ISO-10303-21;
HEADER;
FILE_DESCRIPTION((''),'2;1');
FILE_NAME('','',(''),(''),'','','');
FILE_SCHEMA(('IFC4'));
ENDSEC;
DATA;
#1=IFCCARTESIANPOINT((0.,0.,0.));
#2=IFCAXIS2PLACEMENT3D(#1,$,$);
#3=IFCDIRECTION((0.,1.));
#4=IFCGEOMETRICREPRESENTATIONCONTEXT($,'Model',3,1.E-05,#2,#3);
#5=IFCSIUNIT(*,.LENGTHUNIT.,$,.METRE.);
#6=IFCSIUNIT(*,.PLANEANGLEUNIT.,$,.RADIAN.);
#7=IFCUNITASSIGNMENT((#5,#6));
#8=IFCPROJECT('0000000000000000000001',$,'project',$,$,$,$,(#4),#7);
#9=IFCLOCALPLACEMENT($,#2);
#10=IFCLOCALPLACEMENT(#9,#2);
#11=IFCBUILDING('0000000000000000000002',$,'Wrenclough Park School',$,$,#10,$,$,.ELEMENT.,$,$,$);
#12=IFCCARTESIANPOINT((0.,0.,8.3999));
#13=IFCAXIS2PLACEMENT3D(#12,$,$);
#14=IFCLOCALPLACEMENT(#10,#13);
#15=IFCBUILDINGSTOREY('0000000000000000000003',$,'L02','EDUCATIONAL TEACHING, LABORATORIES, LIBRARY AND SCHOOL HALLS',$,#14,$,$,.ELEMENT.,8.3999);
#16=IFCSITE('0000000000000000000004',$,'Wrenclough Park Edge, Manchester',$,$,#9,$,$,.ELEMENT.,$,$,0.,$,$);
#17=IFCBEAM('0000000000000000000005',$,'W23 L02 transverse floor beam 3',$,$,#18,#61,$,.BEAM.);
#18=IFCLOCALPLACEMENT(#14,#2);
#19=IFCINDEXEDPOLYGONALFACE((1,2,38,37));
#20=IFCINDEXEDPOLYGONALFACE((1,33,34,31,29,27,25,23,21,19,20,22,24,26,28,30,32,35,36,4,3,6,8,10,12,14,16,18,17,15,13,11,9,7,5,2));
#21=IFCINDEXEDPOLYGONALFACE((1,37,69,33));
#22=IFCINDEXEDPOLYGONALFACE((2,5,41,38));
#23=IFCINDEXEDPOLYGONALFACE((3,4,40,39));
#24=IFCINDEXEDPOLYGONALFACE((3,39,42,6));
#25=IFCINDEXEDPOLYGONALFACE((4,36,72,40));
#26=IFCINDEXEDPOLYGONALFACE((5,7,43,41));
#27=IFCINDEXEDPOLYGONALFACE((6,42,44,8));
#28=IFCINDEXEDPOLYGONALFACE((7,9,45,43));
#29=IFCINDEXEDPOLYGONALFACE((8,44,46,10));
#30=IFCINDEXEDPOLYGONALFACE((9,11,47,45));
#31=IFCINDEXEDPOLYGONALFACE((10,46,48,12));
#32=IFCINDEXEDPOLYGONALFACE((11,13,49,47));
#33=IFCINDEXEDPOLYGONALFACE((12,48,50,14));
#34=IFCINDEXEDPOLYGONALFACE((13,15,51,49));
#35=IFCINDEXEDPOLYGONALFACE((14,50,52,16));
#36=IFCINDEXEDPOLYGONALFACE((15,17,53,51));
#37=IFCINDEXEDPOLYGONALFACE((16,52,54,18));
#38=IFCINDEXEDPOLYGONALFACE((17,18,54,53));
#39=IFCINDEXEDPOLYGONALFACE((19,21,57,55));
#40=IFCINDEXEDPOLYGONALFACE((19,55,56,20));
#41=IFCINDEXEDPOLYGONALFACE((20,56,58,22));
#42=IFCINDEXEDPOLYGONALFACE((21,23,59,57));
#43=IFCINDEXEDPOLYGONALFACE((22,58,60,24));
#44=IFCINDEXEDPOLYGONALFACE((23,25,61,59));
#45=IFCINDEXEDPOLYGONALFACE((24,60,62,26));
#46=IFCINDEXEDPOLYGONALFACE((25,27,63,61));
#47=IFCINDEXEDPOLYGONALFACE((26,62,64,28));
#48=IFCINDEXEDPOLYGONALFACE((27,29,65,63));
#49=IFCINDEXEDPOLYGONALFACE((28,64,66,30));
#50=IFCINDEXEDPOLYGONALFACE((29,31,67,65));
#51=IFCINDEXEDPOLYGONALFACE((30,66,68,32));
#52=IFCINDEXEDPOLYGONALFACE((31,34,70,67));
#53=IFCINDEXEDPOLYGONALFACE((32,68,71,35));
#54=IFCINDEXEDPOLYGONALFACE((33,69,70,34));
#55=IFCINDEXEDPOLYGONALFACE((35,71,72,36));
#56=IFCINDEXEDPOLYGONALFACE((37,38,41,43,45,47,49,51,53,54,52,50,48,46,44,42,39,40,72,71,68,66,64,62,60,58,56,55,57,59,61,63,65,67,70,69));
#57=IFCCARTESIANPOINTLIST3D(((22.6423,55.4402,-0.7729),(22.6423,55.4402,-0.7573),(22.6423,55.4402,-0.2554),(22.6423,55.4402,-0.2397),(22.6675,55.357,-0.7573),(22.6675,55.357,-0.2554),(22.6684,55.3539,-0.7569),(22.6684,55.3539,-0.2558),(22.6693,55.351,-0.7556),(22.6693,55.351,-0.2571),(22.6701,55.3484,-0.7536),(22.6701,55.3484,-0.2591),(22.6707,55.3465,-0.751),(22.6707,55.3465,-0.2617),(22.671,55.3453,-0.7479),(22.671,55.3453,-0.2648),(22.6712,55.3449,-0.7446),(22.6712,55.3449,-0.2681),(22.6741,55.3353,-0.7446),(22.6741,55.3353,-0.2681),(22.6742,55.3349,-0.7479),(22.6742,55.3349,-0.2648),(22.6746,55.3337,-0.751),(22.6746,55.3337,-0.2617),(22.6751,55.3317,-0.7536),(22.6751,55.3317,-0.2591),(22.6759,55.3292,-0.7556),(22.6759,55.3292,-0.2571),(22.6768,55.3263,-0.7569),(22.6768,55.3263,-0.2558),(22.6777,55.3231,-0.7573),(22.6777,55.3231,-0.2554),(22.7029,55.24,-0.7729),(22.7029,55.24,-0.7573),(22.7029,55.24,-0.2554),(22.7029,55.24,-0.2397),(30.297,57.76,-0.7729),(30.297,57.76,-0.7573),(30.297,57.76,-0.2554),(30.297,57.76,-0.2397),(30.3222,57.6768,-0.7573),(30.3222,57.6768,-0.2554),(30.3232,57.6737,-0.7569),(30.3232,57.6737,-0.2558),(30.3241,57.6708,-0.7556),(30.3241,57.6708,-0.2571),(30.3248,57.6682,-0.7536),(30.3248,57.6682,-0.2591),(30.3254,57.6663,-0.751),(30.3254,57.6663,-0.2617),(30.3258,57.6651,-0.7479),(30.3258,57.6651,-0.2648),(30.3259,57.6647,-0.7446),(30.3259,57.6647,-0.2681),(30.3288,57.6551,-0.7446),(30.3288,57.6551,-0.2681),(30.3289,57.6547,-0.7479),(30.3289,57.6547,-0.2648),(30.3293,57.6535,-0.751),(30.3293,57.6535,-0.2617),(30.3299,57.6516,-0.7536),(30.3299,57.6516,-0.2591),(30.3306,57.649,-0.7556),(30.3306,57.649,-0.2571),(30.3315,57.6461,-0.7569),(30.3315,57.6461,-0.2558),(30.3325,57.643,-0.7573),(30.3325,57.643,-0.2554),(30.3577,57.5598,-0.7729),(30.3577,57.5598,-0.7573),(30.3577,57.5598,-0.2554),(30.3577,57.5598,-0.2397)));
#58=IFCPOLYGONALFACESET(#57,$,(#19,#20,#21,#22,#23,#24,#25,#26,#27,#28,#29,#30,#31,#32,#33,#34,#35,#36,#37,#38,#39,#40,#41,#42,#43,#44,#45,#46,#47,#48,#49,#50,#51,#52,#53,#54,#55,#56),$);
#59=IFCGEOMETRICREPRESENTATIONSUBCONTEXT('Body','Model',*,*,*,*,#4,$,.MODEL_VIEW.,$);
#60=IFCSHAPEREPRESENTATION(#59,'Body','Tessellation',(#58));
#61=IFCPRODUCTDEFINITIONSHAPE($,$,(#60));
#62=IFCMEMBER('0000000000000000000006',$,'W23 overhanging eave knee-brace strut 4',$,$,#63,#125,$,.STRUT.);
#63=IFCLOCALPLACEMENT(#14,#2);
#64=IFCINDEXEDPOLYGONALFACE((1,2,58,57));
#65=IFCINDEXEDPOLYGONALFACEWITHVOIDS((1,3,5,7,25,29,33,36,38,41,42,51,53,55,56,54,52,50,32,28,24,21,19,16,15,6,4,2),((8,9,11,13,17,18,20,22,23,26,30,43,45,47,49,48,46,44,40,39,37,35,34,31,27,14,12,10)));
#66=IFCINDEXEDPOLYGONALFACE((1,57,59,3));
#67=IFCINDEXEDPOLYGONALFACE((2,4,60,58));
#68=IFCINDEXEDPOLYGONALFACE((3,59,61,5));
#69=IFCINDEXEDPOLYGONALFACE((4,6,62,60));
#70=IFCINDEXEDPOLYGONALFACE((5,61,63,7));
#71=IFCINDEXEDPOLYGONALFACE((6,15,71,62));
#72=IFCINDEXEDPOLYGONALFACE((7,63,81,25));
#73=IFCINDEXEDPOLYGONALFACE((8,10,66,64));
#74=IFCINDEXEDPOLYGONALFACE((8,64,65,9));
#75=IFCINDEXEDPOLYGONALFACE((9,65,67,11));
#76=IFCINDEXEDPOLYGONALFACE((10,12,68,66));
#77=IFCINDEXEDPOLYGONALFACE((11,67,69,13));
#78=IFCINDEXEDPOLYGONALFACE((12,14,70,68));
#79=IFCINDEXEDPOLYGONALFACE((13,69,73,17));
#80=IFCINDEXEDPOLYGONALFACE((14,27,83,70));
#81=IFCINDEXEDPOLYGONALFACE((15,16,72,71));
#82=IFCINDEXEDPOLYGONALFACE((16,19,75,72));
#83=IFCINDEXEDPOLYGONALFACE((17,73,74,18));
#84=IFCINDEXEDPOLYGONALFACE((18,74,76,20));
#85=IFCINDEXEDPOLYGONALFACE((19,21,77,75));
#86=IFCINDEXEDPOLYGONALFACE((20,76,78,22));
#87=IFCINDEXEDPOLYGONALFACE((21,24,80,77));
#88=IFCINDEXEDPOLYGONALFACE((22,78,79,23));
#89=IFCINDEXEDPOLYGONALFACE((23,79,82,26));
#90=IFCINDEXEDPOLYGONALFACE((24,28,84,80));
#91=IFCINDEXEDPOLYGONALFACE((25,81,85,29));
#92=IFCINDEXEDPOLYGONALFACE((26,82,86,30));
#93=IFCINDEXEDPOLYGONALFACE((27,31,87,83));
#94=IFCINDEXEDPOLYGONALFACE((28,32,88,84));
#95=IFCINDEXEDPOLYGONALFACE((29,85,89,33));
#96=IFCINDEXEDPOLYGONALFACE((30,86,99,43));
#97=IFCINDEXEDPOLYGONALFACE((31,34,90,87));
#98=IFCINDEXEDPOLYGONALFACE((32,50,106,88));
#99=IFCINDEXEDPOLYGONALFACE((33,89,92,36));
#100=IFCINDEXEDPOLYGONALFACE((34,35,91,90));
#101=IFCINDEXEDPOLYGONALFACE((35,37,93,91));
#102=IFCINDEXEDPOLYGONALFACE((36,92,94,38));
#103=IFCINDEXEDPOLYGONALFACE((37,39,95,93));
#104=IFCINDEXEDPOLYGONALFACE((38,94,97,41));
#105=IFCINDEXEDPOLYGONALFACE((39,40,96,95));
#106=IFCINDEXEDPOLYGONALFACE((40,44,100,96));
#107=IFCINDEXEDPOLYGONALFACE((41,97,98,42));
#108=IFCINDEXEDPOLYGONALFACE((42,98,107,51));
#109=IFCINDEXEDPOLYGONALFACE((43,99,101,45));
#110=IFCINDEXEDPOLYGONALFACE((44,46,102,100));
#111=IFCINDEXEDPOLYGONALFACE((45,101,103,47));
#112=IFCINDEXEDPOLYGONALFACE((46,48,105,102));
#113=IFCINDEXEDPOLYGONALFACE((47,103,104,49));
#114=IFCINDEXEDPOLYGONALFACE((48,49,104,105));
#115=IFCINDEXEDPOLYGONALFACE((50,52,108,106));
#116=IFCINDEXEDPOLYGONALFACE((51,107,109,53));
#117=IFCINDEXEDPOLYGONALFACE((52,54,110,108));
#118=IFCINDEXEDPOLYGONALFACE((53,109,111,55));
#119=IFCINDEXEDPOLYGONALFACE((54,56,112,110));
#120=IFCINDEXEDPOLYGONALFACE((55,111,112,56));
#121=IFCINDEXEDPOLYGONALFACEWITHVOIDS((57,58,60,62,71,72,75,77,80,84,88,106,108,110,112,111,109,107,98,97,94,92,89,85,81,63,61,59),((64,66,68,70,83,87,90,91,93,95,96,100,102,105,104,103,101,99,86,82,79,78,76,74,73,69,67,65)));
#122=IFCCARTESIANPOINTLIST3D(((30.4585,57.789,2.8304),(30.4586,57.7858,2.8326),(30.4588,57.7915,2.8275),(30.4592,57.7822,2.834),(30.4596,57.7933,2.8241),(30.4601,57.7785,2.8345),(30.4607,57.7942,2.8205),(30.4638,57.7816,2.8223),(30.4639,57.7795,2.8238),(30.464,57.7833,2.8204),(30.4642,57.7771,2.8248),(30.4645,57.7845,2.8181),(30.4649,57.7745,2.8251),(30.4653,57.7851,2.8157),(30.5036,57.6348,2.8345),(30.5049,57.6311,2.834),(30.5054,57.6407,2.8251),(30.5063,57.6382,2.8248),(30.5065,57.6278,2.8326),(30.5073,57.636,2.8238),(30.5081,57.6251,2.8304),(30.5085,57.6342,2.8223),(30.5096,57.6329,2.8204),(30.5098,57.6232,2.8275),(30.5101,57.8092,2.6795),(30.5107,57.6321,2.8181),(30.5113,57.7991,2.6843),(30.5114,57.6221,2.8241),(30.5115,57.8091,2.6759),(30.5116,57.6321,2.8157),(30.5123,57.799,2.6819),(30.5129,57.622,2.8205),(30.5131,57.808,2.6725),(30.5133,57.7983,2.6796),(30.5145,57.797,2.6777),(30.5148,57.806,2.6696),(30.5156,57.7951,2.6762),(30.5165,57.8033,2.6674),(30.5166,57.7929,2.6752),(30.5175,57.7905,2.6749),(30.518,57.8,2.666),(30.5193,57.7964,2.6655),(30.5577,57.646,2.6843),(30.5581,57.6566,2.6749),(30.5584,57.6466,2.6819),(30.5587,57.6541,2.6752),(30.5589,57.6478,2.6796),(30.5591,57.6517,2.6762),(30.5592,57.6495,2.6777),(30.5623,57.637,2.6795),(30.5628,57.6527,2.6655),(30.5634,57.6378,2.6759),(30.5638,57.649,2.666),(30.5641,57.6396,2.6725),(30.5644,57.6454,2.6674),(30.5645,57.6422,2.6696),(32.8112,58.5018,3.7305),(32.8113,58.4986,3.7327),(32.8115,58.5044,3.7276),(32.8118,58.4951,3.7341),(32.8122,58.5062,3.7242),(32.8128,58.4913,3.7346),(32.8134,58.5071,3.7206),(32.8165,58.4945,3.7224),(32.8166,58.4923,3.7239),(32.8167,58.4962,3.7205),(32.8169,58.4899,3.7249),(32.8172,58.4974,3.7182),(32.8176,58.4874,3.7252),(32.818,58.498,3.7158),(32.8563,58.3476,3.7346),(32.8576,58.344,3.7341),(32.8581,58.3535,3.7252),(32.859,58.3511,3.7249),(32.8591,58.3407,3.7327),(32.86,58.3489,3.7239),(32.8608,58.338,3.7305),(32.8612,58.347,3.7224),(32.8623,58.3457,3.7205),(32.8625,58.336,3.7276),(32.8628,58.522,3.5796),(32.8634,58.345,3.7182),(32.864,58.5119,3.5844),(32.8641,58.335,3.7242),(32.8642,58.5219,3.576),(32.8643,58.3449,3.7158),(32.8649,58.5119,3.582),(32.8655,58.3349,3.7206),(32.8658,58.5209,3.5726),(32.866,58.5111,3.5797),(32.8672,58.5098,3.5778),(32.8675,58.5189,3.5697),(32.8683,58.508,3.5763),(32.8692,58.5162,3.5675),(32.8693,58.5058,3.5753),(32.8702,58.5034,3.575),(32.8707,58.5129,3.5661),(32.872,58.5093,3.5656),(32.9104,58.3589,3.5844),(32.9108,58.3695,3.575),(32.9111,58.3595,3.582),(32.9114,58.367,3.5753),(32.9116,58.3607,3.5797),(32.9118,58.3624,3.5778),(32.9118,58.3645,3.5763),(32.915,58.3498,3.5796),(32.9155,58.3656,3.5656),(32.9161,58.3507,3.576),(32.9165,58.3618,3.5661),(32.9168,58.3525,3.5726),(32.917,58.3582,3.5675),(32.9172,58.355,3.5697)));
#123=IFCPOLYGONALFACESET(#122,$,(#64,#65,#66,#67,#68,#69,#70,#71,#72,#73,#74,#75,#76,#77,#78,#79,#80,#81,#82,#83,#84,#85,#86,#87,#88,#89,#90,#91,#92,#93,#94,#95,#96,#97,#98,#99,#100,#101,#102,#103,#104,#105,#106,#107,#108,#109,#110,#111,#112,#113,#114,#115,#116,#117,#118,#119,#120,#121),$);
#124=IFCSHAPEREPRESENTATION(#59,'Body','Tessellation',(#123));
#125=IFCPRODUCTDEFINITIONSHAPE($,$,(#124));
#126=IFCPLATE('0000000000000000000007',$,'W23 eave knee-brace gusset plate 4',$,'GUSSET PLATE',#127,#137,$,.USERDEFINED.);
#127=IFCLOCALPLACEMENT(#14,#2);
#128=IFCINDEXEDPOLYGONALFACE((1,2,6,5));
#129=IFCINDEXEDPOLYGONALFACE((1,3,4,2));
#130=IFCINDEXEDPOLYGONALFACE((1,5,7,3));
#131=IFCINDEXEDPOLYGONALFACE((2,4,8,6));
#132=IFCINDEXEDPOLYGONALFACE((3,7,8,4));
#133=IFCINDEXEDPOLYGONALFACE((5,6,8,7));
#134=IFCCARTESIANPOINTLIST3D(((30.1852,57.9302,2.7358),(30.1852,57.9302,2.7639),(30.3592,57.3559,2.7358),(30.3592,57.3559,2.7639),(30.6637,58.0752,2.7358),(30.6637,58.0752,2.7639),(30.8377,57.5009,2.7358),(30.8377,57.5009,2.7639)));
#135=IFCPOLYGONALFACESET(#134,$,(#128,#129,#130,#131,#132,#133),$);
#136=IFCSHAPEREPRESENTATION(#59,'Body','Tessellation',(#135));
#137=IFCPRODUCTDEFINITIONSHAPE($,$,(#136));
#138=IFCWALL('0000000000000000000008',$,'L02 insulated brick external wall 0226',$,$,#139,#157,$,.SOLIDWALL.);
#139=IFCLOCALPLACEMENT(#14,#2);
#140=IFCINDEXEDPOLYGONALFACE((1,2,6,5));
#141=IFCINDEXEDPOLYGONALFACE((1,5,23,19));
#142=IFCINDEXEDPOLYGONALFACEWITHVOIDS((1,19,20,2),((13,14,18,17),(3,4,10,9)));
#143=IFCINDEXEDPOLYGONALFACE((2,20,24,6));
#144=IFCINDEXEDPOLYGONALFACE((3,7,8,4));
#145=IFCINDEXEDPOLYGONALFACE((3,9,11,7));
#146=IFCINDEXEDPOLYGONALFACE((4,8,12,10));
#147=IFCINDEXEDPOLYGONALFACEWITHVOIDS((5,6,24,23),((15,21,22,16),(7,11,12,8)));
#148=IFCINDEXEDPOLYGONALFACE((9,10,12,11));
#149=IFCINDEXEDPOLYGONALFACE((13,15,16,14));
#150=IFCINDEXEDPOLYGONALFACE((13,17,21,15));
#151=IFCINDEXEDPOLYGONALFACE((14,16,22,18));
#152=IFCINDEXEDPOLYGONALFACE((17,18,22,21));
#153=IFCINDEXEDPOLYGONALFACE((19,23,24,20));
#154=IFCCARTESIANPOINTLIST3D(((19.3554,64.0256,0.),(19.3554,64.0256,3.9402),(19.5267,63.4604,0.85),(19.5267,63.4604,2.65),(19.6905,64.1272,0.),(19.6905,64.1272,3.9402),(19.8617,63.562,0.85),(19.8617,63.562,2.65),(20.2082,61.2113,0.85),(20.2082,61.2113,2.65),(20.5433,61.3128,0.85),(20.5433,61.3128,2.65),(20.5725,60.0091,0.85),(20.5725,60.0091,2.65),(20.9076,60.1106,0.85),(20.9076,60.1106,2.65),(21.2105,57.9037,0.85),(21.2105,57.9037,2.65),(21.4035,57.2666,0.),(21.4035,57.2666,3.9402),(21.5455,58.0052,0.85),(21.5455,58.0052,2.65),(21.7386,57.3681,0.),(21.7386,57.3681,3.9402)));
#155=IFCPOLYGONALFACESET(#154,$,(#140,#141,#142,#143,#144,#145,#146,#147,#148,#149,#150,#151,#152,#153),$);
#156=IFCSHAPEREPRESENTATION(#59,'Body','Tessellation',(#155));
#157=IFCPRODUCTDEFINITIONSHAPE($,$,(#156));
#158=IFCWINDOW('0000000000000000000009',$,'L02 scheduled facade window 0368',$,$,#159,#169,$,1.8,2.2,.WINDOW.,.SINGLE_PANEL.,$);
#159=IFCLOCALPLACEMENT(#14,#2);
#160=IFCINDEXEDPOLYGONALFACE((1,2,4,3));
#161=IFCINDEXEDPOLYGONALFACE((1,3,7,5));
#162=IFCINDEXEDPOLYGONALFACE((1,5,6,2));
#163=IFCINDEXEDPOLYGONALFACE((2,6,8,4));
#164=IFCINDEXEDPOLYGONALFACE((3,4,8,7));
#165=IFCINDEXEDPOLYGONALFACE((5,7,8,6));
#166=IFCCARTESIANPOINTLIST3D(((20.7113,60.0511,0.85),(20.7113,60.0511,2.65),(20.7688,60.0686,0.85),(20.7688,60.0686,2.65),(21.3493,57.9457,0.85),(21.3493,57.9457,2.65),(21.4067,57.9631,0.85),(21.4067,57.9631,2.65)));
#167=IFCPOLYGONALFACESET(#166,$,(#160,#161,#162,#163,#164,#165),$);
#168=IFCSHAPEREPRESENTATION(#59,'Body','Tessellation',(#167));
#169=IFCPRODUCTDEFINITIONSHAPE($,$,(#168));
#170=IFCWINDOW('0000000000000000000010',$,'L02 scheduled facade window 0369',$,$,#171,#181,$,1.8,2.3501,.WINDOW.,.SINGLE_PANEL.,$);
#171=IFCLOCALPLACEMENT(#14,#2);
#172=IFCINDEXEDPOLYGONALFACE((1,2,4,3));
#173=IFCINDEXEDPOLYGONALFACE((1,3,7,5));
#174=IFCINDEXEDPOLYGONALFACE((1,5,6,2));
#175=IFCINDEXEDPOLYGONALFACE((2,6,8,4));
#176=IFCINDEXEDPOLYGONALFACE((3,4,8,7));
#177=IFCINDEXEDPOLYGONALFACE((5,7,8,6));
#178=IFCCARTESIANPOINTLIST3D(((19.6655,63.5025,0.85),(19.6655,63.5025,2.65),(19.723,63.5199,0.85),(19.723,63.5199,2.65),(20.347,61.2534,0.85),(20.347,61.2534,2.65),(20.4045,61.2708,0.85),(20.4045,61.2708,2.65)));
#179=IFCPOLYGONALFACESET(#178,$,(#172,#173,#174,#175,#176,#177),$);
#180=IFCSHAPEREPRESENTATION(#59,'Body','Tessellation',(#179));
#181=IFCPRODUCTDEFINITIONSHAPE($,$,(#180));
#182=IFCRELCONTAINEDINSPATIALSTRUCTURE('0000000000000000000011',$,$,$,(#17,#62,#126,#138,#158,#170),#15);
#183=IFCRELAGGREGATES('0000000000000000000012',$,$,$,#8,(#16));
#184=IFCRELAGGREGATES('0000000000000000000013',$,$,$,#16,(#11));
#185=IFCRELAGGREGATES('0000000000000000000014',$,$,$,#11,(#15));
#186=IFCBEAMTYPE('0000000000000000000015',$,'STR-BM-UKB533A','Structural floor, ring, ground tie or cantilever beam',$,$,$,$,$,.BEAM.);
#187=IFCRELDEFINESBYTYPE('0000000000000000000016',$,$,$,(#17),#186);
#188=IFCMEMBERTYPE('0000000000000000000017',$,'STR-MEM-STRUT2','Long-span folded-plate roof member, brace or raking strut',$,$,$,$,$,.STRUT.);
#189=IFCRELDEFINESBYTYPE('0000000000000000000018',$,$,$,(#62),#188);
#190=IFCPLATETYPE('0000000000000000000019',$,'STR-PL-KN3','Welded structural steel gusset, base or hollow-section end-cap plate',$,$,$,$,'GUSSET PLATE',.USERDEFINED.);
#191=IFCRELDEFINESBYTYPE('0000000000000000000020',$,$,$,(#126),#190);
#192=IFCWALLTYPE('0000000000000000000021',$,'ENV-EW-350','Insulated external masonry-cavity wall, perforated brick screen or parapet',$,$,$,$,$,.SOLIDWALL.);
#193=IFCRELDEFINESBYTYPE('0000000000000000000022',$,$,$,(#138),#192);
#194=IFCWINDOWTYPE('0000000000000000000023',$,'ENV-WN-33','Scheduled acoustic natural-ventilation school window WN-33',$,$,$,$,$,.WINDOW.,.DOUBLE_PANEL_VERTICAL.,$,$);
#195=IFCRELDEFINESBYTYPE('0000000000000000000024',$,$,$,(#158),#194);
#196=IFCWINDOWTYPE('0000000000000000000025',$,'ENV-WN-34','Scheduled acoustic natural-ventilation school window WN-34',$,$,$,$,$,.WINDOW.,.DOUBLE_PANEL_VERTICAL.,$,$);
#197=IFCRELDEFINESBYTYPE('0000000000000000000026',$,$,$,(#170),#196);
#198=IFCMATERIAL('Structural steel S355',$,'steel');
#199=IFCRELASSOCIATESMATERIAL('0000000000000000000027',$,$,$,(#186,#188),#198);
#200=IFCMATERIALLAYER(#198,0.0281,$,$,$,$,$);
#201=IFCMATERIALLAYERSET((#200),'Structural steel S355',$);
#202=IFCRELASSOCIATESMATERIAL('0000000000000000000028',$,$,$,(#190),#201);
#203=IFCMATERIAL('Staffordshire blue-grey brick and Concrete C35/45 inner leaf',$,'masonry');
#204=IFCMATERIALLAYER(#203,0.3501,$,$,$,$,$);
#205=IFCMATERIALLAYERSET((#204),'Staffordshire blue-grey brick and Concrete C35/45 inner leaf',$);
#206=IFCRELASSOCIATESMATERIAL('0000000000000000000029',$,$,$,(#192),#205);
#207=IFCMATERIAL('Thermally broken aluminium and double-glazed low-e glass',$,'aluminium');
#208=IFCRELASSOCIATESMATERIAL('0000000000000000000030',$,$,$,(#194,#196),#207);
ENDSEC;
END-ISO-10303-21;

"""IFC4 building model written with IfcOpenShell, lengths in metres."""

from ifc_helpers import new_model, si_unit, direction, frame, frame_2d, origin, origin_2d, place, context, subcontext, project, spatial, rectangle, hollow_rectangle, i_section, extrude, material, layer, layer_set, material_profile, profile_set, type_object, element, fill, save


model = new_model("IFC4")

# Units and contexts
model_context = context("Model", 3, precision=1e-05, world=origin(), true_north=direction((0.0, 1.0)))
body_context = subcontext(model_context, "Body", "Model", "MODEL_VIEW")
ifc_project = project(units=[si_unit("LENGTHUNIT", "METRE"), si_unit("PLANEANGLEUNIT", "RADIAN")], contexts=[model_context])

# Site, building, storey
site_placement = place(None, origin())
site = spatial("IfcSite", under=ifc_project, at=site_placement, Name="Wrenclough Park Edge, Manchester", CompositionType="ELEMENT", RefElevation=0.0)
building_placement = place(site_placement, origin())
building = spatial("IfcBuilding", under=site, at=building_placement, Name="Wrenclough Park School", CompositionType="ELEMENT")
storey_placement = place(building_placement, frame((0.0, 0.0, 8.3999)))
storey = spatial("IfcBuildingStorey", under=building, at=storey_placement, Name="L02", Description="EDUCATIONAL TEACHING, LABORATORIES, LIBRARY AND SCHOOL HALLS", CompositionType="ELEMENT", Elevation=8.3999)

# Shared definitions
ifc_material_1 = material(Name="Structural steel S355", Category="steel")

# Beam
ifc_material_profile_1 = material_profile(ifc_material_1, i_section(OverallWidth=0.2092, OverallDepth=0.5332, WebThickness=0.01, FlangeThickness=0.0156, FilletRadius=0.0127, at=origin_2d()), Name="UKB 533x210x92")
ifc_profile_set_1 = profile_set([ifc_material_profile_1], Name="Structural steel S355")
beam_type_1 = type_object("IfcBeamType", Name="STR-BM-UKB533A", Description="Structural floor, ring, ground tie or cantilever beam", PredefinedType="BEAM", material=ifc_profile_set_1)
beam_1_placement = place(storey_placement, frame((22.6726, 55.3401, -0.5063), z_axis=(0.957018, 0.290029, 0.0), x_axis=(-0.290029, 0.957018, 0.0)))
element("IfcBeam", 1, at=beam_1_placement, inside=storey, type_object=beam_type_1, Name="W23 L02 transverse floor beam 3", PredefinedType="BEAM", context=body_context, shape_type="SweptSolid", body=[
    extrude(i_section(OverallWidth=0.2092, OverallDepth=0.5332, WebThickness=0.01, FlangeThickness=0.0156, FilletRadius=0.0127, at=origin_2d()), origin(), (0.0, 0.0, 1.0), 7.9985),
])

# Member
ifc_material_profile_2 = material_profile(ifc_material_1, hollow_rectangle(XDim=0.1799, YDim=0.1799, WallThickness=0.01, InnerFilletRadius=0.01, OuterFilletRadius=0.0149, at=origin_2d()), Name="SHS 180x180x10.0")
ifc_profile_set_2 = profile_set([ifc_material_profile_2], Name="Structural steel S355")
member_type = type_object("IfcMemberType", Name="STR-MEM-STRUT2", Description="Long-span folded-plate roof member, brace or raking strut", PredefinedType="STRUT", material=ifc_profile_set_2)
member_placement = place(storey_placement, frame((30.5115, 57.7156, 2.75), z_axis=(0.898686, 0.272301, 0.343826), x_axis=(-0.28998, 0.957033, 0.0)))
element("IfcMember", 2, at=member_placement, inside=storey, type_object=member_type, Name="W23 overhanging eave knee-brace strut 4", PredefinedType="STRUT", context=body_context, shape_type="SweptSolid", body=[
    extrude(hollow_rectangle(XDim=0.1799, YDim=0.1799, WallThickness=0.01, InnerFilletRadius=0.01, OuterFilletRadius=0.0149, at=origin_2d()), origin(), (0.0, 0.0, 1.0), 2.6179),
])

# Plate
ifc_layer_1 = layer(ifc_material_1, 0.0281)
ifc_layer_set_1 = layer_set([ifc_layer_1], Name="Structural steel S355")
plate_type = type_object("IfcPlateType", Name="STR-PL-KN3", Description="Welded structural steel gusset, base or hollow-section end-cap plate", ElementType="GUSSET PLATE", PredefinedType="USERDEFINED", material=ifc_layer_set_1)
plate_placement = place(storey_placement, frame((30.5115, 57.7156, 2.7358), z_axis=(0.0, 0.0, 1.0), x_axis=(-0.290007, 0.957024, 0.0)))
element("IfcPlate", 3, at=plate_placement, inside=storey, type_object=plate_type, Name="W23 eave knee-brace gusset plate 4", ObjectType="GUSSET PLATE", PredefinedType="USERDEFINED", context=body_context, shape_type="SweptSolid", body=[
    extrude(rectangle(XDim=0.6001, YDim=0.5, at=origin_2d()), origin(), (0.0, 0.0, 1.0), 0.0281),
])

# Wall, openings, windows
ifc_material_2 = material(Name="Staffordshire blue-grey brick and Concrete C35/45 inner leaf", Category="masonry")
ifc_layer_2 = layer(ifc_material_2, 0.3501)
ifc_layer_set_2 = layer_set([ifc_layer_2], Name="Staffordshire blue-grey brick and Concrete C35/45 inner leaf")
wall_type_1 = type_object("IfcWallType", Name="ENV-EW-350", Description="Insulated external masonry-cavity wall, perforated brick screen or parapet", PredefinedType="SOLIDWALL", material=ifc_layer_set_2)
wall_1_placement = place(storey_placement, frame((21.571, 57.3174, 0.0), z_axis=(0.0, 0.0, 1.0), x_axis=(-0.289995, 0.957028, 0.0)))
wall_1 = element("IfcWall", 4, at=wall_1_placement, inside=storey, type_object=wall_type_1, Name="L02 insulated brick external wall 0226", PredefinedType="SOLIDWALL", context=body_context, shape_type="SweptSolid", body=[
    extrude(rectangle(XDim=7.0625, YDim=0.3501, at=frame_2d((3.5312, 0.0))), origin(), (0.0, 0.0, 1.0), 3.9402),
])
opening_1_placement = place(wall_1_placement, frame((0.6655, 0.0, 0.8501)))
opening_1 = element("IfcOpeningElement", 5, at=opening_1_placement, cuts=wall_1, PredefinedType="OPENING", context=body_context, shape_type="SweptSolid", body=[
    extrude(rectangle(XDim=2.2, YDim=1.8, at=frame_2d((1.1001, 0.8999))), frame((0.0, 0.1851, 0.0), z_axis=(0.0, -1.0, 0.0), x_axis=(1.0, 0.0, 0.0)), (0.0, 0.0, 1.0), 0.3701),
])
opening_2_placement = place(wall_1_placement, frame((4.1218, 0.0, 0.8501)))
opening_2 = element("IfcOpeningElement", 6, at=opening_2_placement, cuts=wall_1, PredefinedType="OPENING", context=body_context, shape_type="SweptSolid", body=[
    extrude(rectangle(XDim=2.3501, YDim=1.8, at=frame_2d((1.175, 0.8999))), frame((0.0, 0.1851, 0.0), z_axis=(0.0, -1.0, 0.0), x_axis=(1.0, 0.0, 0.0)), (0.0, 0.0, 1.0), 0.3701),
])
ifc_material_3 = material(Name="Thermally broken aluminium and double-glazed low-e glass", Category="aluminium")
window_type_1 = type_object("IfcWindowType", Name="ENV-WN-33", Description="Scheduled acoustic natural-ventilation school window WN-33", PartitioningType="DOUBLE_PANEL_VERTICAL", PredefinedType="WINDOW", material=ifc_material_3)
window_1_placement = place(opening_1_placement, origin())
window_1 = element("IfcWindow", 7, at=window_1_placement, inside=storey, type_object=window_type_1, Name="L02 scheduled facade window 0368", OverallHeight=1.8, OverallWidth=2.2, PartitioningType="SINGLE_PANEL", PredefinedType="WINDOW", context=body_context, shape_type="SweptSolid", body=[
    extrude(rectangle(XDim=2.2, YDim=1.8, at=frame_2d((1.1001, 0.8999))), frame((0.0, 0.03, 0.0), z_axis=(0.0, -1.0, 0.0), x_axis=(1.0, 0.0, 0.0)), (0.0, 0.0, 1.0), 0.0601),
])
fill(opening_1, window_1)
window_type_2 = type_object("IfcWindowType", Name="ENV-WN-34", Description="Scheduled acoustic natural-ventilation school window WN-34", PartitioningType="DOUBLE_PANEL_VERTICAL", PredefinedType="WINDOW", material=ifc_material_3)
window_2_placement = place(opening_2_placement, origin())
window_2 = element("IfcWindow", 8, at=window_2_placement, inside=storey, type_object=window_type_2, Name="L02 scheduled facade window 0369", OverallHeight=1.8, OverallWidth=2.3501, PartitioningType="SINGLE_PANEL", PredefinedType="WINDOW", context=body_context, shape_type="SweptSolid", body=[
    extrude(rectangle(XDim=2.3501, YDim=1.8, at=frame_2d((1.175, 0.8999))), frame((0.0, 0.03, 0.0), z_axis=(0.0, -1.0, 0.0), x_axis=(1.0, 0.0, 0.0)), (0.0, 0.0, 1.0), 0.0601),
])
fill(opening_2, window_2)

save(model, "model.ifc")
